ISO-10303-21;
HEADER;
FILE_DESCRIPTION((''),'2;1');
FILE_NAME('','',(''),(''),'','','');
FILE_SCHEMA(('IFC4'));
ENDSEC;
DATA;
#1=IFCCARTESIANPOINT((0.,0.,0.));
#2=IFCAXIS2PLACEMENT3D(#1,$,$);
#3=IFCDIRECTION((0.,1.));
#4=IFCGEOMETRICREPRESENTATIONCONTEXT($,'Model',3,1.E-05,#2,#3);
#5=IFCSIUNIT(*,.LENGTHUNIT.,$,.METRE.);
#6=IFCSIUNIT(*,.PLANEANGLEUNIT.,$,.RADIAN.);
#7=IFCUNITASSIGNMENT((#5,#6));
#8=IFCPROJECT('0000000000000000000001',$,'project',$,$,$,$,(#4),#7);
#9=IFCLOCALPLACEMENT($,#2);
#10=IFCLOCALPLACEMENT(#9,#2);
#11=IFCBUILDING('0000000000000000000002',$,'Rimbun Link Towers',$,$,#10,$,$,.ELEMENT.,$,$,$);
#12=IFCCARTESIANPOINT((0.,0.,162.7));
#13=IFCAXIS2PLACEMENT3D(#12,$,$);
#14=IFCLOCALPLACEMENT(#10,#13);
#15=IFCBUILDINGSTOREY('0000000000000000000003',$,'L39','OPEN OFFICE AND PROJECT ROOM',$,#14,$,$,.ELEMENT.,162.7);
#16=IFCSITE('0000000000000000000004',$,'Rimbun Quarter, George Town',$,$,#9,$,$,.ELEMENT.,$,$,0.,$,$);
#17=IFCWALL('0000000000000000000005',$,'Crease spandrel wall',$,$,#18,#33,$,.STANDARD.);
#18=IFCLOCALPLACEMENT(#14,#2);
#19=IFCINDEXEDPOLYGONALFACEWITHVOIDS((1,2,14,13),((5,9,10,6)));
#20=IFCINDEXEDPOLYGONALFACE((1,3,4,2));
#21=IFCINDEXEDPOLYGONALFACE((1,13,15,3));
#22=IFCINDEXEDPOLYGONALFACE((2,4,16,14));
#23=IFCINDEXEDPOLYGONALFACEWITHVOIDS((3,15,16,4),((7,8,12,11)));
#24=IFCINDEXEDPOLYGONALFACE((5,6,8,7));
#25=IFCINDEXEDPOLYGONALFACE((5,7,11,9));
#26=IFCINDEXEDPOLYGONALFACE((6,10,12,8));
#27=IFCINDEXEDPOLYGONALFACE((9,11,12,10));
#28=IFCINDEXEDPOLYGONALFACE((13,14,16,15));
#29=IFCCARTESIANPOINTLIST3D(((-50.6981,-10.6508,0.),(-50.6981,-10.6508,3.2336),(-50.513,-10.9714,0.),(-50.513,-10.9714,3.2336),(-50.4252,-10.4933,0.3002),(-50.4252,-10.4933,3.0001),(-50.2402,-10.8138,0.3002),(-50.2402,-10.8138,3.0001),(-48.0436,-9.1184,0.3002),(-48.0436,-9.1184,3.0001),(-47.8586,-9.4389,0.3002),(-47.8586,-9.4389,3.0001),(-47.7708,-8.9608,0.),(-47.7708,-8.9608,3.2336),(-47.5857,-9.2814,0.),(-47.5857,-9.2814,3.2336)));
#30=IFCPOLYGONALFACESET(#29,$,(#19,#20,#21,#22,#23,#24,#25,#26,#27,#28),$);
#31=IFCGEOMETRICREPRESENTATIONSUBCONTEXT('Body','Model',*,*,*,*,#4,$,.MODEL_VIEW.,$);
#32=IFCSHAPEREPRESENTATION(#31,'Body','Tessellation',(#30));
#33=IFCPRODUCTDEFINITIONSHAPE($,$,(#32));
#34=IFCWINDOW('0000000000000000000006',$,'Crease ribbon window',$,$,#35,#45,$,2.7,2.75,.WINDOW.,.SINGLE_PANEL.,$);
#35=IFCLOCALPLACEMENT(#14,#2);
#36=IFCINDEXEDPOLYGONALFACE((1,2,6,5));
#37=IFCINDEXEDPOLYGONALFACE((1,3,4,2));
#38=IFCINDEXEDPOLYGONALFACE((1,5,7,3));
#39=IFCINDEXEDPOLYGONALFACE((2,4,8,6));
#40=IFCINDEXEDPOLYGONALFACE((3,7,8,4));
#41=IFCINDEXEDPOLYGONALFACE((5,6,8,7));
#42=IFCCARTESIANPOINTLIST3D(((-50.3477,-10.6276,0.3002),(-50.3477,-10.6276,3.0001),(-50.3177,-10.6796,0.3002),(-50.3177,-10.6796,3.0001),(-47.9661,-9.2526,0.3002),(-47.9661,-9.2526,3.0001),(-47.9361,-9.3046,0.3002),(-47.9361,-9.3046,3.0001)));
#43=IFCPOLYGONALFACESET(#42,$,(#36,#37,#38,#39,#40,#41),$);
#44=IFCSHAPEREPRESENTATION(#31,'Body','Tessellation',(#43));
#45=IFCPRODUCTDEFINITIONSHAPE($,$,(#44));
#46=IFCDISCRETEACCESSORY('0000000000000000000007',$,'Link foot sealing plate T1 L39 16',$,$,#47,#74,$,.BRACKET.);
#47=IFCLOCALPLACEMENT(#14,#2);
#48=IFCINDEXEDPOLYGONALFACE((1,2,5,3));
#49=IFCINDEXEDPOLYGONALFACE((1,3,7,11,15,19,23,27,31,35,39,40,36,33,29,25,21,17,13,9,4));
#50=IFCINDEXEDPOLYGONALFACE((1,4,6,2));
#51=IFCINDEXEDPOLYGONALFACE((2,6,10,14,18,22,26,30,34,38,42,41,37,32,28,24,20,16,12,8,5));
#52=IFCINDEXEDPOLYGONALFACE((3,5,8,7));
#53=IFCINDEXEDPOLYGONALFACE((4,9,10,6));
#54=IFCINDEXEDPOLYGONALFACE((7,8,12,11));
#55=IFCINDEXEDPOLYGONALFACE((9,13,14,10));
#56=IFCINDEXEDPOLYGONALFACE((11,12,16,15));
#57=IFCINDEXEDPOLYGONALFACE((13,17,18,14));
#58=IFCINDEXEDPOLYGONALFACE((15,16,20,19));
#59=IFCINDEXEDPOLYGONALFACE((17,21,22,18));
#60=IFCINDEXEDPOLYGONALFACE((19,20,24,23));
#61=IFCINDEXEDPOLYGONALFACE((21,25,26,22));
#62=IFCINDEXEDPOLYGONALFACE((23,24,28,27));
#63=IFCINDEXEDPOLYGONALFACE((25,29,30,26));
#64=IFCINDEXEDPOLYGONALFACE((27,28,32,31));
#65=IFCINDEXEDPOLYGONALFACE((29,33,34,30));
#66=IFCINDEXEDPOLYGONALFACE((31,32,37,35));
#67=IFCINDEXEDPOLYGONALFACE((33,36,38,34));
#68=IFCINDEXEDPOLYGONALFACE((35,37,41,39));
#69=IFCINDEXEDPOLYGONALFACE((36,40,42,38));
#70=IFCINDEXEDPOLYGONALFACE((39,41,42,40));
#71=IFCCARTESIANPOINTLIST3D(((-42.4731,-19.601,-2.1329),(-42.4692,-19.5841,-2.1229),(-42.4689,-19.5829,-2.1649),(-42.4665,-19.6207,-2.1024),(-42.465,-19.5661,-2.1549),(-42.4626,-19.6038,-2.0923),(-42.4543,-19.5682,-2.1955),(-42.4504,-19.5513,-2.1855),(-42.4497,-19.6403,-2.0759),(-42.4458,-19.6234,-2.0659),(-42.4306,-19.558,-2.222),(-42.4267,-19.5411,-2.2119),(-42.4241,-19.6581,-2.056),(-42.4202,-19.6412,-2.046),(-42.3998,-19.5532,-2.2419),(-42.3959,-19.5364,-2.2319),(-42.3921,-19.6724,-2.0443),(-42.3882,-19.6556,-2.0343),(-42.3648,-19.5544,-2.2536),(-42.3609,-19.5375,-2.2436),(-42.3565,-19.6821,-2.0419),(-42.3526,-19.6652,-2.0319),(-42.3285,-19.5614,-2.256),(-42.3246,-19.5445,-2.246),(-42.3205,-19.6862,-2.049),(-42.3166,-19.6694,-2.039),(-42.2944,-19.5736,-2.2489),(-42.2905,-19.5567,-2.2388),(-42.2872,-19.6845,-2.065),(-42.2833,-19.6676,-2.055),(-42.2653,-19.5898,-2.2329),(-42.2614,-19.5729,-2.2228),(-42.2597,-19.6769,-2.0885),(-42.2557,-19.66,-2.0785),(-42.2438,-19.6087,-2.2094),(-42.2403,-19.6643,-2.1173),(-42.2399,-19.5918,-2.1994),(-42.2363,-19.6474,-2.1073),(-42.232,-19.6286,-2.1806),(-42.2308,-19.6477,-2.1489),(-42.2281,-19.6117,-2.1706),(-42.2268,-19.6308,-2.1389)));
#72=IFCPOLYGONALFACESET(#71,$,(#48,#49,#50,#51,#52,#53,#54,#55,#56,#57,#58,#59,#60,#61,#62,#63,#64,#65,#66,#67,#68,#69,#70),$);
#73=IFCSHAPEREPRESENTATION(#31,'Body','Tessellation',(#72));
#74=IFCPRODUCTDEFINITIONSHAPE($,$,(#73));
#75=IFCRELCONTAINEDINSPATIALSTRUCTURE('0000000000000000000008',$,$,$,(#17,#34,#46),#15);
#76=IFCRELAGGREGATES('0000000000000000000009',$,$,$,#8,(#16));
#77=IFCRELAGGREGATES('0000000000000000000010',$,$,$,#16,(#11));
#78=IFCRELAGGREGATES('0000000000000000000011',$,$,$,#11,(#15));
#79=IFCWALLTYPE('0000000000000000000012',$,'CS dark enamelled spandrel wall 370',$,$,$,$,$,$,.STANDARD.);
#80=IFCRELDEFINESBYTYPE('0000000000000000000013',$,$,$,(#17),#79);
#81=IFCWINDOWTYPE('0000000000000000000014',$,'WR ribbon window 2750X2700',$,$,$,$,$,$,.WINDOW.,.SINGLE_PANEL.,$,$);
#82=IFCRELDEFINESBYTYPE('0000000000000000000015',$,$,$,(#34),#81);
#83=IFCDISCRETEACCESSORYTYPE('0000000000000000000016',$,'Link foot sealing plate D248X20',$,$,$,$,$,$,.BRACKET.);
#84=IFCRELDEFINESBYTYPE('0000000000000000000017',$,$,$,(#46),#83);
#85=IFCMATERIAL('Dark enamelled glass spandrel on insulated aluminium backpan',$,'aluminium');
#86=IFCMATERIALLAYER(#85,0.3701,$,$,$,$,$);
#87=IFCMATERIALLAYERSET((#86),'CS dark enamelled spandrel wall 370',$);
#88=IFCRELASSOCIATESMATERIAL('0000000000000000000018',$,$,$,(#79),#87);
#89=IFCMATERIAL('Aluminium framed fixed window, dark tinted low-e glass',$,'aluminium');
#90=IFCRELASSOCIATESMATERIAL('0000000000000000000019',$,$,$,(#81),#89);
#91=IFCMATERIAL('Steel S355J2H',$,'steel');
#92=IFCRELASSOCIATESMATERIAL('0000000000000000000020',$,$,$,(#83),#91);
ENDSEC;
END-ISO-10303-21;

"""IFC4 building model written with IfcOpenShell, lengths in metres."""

from ifc_helpers import new_model, si_unit, direction, frame, frame_2d, origin, origin_2d, place, context, subcontext, project, spatial, rectangle, circle, extrude, material, layer, layer_set, material_profile, profile_set, type_object, element, fill, save


model = new_model("IFC4")

# Units and contexts
model_context = context("Model", 3, precision=1e-05, world=origin(), true_north=direction((0.0, 1.0)))
body_context = subcontext(model_context, "Body", "Model", "MODEL_VIEW")
ifc_project = project(units=[si_unit("LENGTHUNIT", "METRE"), si_unit("PLANEANGLEUNIT", "RADIAN")], contexts=[model_context])

# Site, building, storey
site_placement = place(None, origin())
site = spatial("IfcSite", under=ifc_project, at=site_placement, Name="Rimbun Quarter, George Town", CompositionType="ELEMENT", RefElevation=0.0)
building_placement = place(site_placement, origin())
building = spatial("IfcBuilding", under=site, at=building_placement, Name="Rimbun Link Towers", CompositionType="ELEMENT")
storey_placement = place(building_placement, frame((0.0, 0.0, 162.7)))
storey = spatial("IfcBuildingStorey", under=building, at=storey_placement, Name="L39", Description="OPEN OFFICE AND PROJECT ROOM", CompositionType="ELEMENT", Elevation=162.7)

# Wall, opening, window
ifc_material_1 = material(Name="Dark enamelled glass spandrel on insulated aluminium backpan", Category="aluminium")
ifc_layer_1 = layer(ifc_material_1, 0.3701)
ifc_layer_set_1 = layer_set([ifc_layer_1], Name="CS dark enamelled spandrel wall 370")
wall_type = type_object("IfcWallType", Name="CS dark enamelled spandrel wall 370", PredefinedType="STANDARD", material=ifc_layer_set_1)
wall_placement = place(storey_placement, frame((-50.6055, -10.811, 0.0), z_axis=(0.0, 0.0, 1.0), x_axis=(0.866039, 0.499977, 0.0)))
wall = element("IfcWall", 1, at=wall_placement, inside=storey, type_object=wall_type, Name="Crease spandrel wall", PredefinedType="STANDARD", context=body_context, shape_type="SweptSolid", body=[
    extrude(rectangle(XDim=3.3801, YDim=0.3701, at=frame_2d((1.6899, 0.0))), origin(), (0.0, 0.0, 1.0), 3.2336),
])
opening_placement = place(wall_placement, frame((0.3149, 0.0, 0.3)))
opening = element("IfcOpeningElement", 2, at=opening_placement, cuts=wall, PredefinedType="OPENING", context=body_context, shape_type="SweptSolid", body=[
    extrude(rectangle(XDim=2.75, YDim=2.7, at=frame_2d((1.375, 1.3501))), frame((0.0, 0.1951, 0.0), z_axis=(0.0, -1.0, 0.0), x_axis=(1.0, 0.0, 0.0)), (0.0, 0.0, 1.0), 0.3901),
])
ifc_material_2 = material(Name="Aluminium framed fixed window, dark tinted low-e glass", Category="aluminium")
window_type = type_object("IfcWindowType", Name="WR ribbon window 2750X2700", PartitioningType="SINGLE_PANEL", PredefinedType="WINDOW", material=ifc_material_2)
window_placement = place(opening_placement, origin())
window = element("IfcWindow", 3, at=window_placement, inside=storey, type_object=window_type, Name="Crease ribbon window", OverallHeight=2.7, OverallWidth=2.75, PartitioningType="SINGLE_PANEL", PredefinedType="WINDOW", context=body_context, shape_type="SweptSolid", body=[
    extrude(rectangle(XDim=2.75, YDim=2.7, at=frame_2d((1.375, 1.3501))), frame((0.0, 0.03, 0.0), z_axis=(0.0, -1.0, 0.0), x_axis=(1.0, 0.0, 0.0)), (0.0, 0.0, 1.0), 0.0601),
])
fill(opening, window)

# Discrete accessory
ifc_material_3 = material(Name="Steel S355J2H", Category="steel")
ifc_material_profile_1 = material_profile(ifc_material_3, circle(Radius=0.124, at=origin_2d()), Name="PL D248")
ifc_profile_set_1 = profile_set([ifc_material_profile_1], Name="Steel S355J2H")
discrete_accessory_type = type_object("IfcDiscreteAccessoryType", Name="Link foot sealing plate D248X20", PredefinedType="BRACKET", material=ifc_profile_set_1)
discrete_accessory_placement = place(storey_placement, frame((-42.3477, -19.6028, -2.1389), z_axis=(-0.1955, -0.843095, -0.500969), x_axis=(0.974153, -0.22589, 0.0)))
element("IfcDiscreteAccessory", 4, at=discrete_accessory_placement, inside=storey, type_object=discrete_accessory_type, Name="Link foot sealing plate T1 L39 16", PredefinedType="BRACKET", context=body_context, shape_type="SweptSolid", body=[
    extrude(circle(Radius=0.124, at=origin_2d()), origin(), (0.0, 0.0, 1.0), 0.02),
])

save(model, "model.ifc")
